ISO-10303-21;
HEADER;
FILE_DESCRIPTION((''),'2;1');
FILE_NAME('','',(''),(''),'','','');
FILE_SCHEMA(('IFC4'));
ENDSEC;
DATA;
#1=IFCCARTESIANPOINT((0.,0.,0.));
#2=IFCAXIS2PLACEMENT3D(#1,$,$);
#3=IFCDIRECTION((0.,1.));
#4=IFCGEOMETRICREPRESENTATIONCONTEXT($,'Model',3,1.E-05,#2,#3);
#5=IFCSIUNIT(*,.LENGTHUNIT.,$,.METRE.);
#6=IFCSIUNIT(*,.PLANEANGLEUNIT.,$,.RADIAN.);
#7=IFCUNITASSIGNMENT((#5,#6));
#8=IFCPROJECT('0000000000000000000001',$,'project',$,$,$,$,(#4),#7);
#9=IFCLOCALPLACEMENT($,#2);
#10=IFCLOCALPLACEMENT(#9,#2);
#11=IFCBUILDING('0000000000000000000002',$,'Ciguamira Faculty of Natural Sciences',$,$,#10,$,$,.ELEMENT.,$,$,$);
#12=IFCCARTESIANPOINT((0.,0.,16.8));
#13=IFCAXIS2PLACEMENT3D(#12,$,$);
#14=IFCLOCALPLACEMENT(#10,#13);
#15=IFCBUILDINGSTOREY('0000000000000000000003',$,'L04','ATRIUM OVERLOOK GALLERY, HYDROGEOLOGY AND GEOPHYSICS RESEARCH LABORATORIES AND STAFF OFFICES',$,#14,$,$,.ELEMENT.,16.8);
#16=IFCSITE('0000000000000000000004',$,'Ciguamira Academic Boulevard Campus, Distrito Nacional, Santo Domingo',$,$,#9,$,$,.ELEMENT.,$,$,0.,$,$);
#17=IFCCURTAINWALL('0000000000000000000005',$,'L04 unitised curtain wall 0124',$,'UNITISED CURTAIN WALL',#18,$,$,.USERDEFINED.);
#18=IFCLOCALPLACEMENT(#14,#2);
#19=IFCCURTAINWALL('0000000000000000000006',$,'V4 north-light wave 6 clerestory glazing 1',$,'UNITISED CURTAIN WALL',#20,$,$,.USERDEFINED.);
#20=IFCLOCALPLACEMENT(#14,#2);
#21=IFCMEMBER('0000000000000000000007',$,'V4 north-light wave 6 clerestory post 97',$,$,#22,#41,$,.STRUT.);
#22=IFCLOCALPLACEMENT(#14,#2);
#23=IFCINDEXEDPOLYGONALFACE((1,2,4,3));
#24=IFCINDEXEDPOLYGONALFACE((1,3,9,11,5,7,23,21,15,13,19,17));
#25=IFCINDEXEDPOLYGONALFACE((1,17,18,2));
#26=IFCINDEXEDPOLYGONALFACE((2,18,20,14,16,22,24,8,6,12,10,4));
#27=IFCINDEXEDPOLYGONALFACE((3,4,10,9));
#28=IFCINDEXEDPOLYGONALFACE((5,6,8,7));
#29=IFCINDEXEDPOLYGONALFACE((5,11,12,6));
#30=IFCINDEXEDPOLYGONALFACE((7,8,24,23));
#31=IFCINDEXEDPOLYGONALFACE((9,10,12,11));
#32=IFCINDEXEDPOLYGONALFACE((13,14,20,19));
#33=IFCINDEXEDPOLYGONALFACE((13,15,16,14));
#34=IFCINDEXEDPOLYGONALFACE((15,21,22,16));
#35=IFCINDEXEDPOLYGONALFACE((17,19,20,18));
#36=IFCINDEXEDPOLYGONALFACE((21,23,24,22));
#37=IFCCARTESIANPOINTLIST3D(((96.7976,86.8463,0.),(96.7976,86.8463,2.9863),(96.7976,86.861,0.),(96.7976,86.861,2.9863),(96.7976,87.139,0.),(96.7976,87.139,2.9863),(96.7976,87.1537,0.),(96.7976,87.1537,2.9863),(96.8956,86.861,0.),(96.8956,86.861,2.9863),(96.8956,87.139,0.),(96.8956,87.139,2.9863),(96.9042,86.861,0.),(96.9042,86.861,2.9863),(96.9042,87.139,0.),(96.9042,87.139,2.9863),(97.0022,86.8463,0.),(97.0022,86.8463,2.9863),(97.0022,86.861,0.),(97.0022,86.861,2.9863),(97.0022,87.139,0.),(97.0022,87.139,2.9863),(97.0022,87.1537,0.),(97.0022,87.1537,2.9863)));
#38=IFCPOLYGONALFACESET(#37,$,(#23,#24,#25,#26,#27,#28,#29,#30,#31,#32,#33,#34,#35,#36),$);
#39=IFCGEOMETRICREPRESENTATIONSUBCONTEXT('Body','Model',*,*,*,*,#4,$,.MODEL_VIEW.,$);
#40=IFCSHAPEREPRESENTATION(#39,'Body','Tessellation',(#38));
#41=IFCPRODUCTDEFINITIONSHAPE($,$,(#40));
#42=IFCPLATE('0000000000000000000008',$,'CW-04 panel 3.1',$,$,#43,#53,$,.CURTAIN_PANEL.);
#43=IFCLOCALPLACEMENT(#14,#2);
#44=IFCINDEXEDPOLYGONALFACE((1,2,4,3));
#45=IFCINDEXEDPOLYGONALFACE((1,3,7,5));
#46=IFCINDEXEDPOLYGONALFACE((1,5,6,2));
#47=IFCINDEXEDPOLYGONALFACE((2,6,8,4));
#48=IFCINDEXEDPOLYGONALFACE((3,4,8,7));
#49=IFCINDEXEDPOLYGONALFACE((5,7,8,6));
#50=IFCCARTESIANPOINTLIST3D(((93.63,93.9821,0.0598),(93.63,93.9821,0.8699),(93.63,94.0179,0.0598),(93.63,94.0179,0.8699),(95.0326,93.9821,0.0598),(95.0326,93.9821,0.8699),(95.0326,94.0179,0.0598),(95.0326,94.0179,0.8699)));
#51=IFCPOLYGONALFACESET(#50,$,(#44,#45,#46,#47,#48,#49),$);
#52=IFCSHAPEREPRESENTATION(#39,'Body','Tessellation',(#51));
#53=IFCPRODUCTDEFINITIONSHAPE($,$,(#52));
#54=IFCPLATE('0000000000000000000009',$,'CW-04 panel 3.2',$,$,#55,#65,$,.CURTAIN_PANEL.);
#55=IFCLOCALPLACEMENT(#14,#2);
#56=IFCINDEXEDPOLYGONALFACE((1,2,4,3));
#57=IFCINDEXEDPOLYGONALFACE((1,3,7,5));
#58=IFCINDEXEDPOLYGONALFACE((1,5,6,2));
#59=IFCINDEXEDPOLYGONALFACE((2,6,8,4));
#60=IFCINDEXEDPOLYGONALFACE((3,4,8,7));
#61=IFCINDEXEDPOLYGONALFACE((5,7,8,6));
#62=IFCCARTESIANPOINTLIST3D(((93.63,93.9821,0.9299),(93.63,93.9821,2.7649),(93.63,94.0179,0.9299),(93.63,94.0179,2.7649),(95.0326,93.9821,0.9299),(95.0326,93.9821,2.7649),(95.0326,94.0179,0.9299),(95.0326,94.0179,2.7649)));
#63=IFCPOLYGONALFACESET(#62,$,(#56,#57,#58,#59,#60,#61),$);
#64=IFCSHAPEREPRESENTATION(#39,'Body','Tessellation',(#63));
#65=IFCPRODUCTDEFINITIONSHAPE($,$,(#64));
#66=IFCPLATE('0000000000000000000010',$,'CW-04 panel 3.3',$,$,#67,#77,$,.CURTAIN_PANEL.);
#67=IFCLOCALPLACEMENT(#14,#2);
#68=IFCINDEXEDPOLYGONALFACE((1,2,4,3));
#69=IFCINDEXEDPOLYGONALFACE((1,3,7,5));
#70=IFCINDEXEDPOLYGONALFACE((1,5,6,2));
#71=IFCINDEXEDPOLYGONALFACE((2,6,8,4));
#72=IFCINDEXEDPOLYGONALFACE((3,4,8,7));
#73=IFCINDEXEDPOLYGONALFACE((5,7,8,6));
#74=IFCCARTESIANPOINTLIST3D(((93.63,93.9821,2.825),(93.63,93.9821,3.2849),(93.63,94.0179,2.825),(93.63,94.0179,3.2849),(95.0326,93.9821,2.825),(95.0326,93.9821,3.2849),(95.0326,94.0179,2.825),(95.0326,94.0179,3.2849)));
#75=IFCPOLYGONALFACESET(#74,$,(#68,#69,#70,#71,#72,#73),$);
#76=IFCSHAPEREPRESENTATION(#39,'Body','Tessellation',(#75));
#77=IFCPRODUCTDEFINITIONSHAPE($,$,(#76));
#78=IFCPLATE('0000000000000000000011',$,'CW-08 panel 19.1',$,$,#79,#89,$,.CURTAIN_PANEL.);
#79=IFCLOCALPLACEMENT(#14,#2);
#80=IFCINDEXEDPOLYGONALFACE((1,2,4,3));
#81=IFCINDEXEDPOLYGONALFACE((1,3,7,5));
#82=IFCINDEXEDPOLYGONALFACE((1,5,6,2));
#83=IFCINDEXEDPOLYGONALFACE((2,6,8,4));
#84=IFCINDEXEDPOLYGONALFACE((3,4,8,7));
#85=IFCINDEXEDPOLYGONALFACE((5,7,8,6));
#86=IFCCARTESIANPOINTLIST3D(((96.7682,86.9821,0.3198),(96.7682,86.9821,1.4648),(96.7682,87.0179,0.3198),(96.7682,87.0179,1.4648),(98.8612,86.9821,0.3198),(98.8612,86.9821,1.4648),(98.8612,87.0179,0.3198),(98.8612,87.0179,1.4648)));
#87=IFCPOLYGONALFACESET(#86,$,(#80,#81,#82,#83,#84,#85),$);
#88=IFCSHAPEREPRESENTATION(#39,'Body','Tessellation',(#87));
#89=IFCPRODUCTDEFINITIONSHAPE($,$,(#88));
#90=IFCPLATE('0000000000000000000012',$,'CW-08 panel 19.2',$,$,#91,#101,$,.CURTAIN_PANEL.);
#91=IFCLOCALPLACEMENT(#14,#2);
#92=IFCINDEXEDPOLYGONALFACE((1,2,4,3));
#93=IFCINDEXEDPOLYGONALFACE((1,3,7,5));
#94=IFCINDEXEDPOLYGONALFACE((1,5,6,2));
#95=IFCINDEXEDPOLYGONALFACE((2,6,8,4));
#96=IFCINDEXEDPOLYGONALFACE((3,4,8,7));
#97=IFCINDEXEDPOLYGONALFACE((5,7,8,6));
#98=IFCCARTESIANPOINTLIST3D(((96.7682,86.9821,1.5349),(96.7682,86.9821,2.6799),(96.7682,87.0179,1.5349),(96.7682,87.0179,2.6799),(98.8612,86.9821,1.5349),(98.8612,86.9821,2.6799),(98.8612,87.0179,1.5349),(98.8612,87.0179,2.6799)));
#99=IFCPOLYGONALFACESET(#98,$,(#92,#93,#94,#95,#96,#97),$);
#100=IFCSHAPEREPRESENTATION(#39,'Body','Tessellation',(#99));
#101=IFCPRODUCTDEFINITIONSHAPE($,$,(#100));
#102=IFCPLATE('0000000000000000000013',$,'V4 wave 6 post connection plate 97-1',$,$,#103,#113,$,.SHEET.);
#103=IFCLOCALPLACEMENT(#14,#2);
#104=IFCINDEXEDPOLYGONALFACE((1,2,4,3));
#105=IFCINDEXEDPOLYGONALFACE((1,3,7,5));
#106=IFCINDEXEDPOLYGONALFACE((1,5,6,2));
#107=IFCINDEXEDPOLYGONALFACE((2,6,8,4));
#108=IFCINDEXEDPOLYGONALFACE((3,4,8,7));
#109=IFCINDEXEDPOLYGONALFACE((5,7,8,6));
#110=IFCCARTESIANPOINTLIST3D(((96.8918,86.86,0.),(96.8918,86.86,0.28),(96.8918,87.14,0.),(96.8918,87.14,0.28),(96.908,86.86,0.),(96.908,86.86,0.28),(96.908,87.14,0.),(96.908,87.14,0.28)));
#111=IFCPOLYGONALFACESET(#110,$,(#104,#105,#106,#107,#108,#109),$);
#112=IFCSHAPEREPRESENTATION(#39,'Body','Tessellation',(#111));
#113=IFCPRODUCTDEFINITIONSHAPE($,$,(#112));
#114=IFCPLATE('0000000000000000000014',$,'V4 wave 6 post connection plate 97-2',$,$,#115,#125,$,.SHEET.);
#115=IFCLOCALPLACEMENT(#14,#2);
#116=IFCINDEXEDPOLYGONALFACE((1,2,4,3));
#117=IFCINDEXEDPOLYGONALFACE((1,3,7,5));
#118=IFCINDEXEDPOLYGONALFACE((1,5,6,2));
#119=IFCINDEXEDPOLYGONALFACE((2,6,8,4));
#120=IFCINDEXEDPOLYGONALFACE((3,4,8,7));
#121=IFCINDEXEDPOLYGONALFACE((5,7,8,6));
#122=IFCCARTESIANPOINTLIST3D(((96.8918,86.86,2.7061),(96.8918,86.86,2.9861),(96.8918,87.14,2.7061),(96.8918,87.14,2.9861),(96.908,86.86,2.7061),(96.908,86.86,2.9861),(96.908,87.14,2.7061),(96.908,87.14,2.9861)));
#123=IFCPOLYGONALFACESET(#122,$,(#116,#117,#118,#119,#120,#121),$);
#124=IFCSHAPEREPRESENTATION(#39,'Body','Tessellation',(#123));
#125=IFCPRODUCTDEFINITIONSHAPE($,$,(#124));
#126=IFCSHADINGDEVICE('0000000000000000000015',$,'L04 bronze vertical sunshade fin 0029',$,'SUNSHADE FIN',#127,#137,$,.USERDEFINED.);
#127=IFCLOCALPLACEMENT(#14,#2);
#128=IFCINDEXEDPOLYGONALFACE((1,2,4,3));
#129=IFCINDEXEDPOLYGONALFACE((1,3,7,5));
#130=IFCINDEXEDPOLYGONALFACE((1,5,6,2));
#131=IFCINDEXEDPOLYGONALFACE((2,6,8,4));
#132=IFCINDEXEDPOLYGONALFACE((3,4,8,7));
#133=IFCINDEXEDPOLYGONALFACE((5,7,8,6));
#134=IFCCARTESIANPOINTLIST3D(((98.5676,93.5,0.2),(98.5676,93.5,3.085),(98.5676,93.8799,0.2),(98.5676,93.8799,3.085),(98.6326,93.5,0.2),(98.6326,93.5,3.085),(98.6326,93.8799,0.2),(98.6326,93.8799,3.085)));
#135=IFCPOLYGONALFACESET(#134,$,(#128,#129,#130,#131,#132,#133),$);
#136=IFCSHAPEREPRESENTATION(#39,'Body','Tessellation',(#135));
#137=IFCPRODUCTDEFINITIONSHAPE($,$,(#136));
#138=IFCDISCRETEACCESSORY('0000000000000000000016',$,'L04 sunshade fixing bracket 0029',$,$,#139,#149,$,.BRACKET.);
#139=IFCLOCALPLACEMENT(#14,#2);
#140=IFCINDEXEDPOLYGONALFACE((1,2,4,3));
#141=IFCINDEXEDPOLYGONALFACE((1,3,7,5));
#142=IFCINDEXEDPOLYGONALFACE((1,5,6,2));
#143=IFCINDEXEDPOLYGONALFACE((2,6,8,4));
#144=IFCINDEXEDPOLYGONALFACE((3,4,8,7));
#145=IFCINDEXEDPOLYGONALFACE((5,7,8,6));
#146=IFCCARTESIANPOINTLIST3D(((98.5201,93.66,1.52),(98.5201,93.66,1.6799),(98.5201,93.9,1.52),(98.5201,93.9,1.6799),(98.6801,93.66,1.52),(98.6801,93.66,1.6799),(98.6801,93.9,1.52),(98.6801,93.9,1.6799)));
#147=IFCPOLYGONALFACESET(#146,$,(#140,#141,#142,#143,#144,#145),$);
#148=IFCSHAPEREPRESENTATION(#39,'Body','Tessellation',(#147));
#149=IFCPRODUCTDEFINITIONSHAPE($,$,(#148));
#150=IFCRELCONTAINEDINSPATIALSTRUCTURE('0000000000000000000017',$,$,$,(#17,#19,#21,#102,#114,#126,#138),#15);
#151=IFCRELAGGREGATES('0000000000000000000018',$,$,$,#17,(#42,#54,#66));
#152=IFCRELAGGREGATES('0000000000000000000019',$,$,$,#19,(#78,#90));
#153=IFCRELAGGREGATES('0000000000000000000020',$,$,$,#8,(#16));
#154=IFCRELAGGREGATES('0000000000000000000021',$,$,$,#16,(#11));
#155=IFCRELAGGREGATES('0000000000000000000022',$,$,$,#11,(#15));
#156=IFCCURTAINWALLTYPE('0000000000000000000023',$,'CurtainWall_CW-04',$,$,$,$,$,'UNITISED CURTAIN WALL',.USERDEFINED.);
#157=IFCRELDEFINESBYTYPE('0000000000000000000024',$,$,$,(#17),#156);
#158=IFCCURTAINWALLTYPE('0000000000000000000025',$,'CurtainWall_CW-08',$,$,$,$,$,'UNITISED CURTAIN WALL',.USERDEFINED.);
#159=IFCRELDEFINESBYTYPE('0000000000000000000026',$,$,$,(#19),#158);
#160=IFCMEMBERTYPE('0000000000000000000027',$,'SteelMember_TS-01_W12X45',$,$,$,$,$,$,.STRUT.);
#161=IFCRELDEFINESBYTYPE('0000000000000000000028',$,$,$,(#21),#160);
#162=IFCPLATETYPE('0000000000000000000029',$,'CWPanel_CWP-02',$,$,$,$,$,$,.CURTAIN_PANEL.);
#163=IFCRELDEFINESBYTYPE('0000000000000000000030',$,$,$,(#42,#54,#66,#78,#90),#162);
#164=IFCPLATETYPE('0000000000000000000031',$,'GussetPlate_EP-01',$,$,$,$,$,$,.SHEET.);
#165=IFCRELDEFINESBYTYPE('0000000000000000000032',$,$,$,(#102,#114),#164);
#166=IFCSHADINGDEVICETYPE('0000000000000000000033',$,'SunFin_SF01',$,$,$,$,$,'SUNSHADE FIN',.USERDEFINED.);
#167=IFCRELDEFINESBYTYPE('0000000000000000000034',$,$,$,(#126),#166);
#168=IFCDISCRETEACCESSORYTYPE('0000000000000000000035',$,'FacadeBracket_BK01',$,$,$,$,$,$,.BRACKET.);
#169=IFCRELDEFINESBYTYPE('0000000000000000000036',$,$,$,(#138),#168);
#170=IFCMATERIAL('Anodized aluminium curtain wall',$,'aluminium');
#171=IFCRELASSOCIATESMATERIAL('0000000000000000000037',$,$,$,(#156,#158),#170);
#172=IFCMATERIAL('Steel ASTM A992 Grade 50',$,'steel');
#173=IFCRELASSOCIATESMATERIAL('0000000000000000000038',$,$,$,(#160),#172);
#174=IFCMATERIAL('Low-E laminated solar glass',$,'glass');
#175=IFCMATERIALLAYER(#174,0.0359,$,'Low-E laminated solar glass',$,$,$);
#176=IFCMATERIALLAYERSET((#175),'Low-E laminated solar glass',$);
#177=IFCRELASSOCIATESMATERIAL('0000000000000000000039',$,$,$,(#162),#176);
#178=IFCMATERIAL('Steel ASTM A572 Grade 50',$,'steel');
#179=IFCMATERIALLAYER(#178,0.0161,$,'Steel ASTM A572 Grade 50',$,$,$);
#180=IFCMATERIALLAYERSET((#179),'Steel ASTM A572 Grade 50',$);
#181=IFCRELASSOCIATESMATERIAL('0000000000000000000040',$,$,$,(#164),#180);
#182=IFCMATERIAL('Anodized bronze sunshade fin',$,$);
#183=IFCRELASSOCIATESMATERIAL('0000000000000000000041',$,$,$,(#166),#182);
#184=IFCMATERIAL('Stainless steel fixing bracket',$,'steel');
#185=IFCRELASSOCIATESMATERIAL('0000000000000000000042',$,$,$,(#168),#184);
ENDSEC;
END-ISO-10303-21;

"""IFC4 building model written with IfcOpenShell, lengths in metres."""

from ifc_helpers import new_model, si_unit, direction, frame, origin, origin_2d, place, context, subcontext, project, spatial, rectangle, i_section, extrude, material, layer, layer_set, material_profile, profile_set, type_object, element, aggregate, save


model = new_model("IFC4")

# Units and contexts
model_context = context("Model", 3, precision=1e-05, world=origin(), true_north=direction((0.0, 1.0)))
body_context = subcontext(model_context, "Body", "Model", "MODEL_VIEW")
ifc_project = project(units=[si_unit("LENGTHUNIT", "METRE"), si_unit("PLANEANGLEUNIT", "RADIAN")], contexts=[model_context])

# Site, building, storey
site_placement = place(None, origin())
site = spatial("IfcSite", under=ifc_project, at=site_placement, Name="Ciguamira Academic Boulevard Campus, Distrito Nacional, Santo Domingo", CompositionType="ELEMENT", RefElevation=0.0)
building_placement = place(site_placement, origin())
building = spatial("IfcBuilding", under=site, at=building_placement, Name="Ciguamira Faculty of Natural Sciences", CompositionType="ELEMENT")
storey_placement = place(building_placement, frame((0.0, 0.0, 16.8)))
storey = spatial("IfcBuildingStorey", under=building, at=storey_placement, Name="L04", Description="ATRIUM OVERLOOK GALLERY, HYDROGEOLOGY AND GEOPHYSICS RESEARCH LABORATORIES AND STAFF OFFICES", CompositionType="ELEMENT", Elevation=16.8)

# Curtain walls
ifc_material_1 = material(Name="Anodized aluminium curtain wall", Category="aluminium")
curtain_wall_type_1 = type_object("IfcCurtainWallType", Name="CurtainWall_CW-04", ElementType="UNITISED CURTAIN WALL", PredefinedType="USERDEFINED", material=ifc_material_1)
curtain_wall_1_placement = place(storey_placement, origin())
curtain_wall_1 = element("IfcCurtainWall", 1, at=curtain_wall_1_placement, inside=storey, type_object=curtain_wall_type_1, Name="L04 unitised curtain wall 0124", ObjectType="UNITISED CURTAIN WALL", PredefinedType="USERDEFINED")
curtain_wall_type_2 = type_object("IfcCurtainWallType", Name="CurtainWall_CW-08", ElementType="UNITISED CURTAIN WALL", PredefinedType="USERDEFINED", material=ifc_material_1)
curtain_wall_2_placement = place(storey_placement, origin())
curtain_wall_2 = element("IfcCurtainWall", 2, at=curtain_wall_2_placement, inside=storey, type_object=curtain_wall_type_2, Name="V4 north-light wave 6 clerestory glazing 1", ObjectType="UNITISED CURTAIN WALL", PredefinedType="USERDEFINED")

# Member
ifc_material_2 = material(Name="Steel ASTM A992 Grade 50", Category="steel")
ifc_material_profile_1 = material_profile(ifc_material_2, i_section(OverallWidth=0.2046, OverallDepth=0.3074, WebThickness=0.0085, FlangeThickness=0.0146, at=origin_2d()), Name="W12X45")
ifc_profile_set_1 = profile_set([ifc_material_profile_1], Name="Steel ASTM A992 Grade 50")
member_type_1 = type_object("IfcMemberType", Name="SteelMember_TS-01_W12X45", PredefinedType="STRUT", material=ifc_profile_set_1)
member_1_placement = place(storey_placement, frame((96.8999, 87.0, 0.0), z_axis=(0.0, 0.0, 1.0), x_axis=(1.0, 0.0, 0.0)))
element("IfcMember", 3, at=member_1_placement, inside=storey, type_object=member_type_1, Name="V4 north-light wave 6 clerestory post 97", PredefinedType="STRUT", context=body_context, shape_type="SweptSolid", body=[
    extrude(i_section(OverallWidth=0.2046, OverallDepth=0.3074, WebThickness=0.0085, FlangeThickness=0.0146, at=origin_2d()), origin(), (0.0, 0.0, 1.0), 2.9863),
])

# Plates
ifc_material_3 = material(Name="Low-E laminated solar glass", Category="glass")
ifc_layer_1 = layer(ifc_material_3, 0.0359, Name="Low-E laminated solar glass")
ifc_layer_set_1 = layer_set([ifc_layer_1], Name="Low-E laminated solar glass")
plate_type_1 = type_object("IfcPlateType", Name="CWPanel_CWP-02", PredefinedType="CURTAIN_PANEL", material=ifc_layer_set_1)
plate_1_placement = place(storey_placement, frame((94.3313, 94.0, 0.0598), z_axis=(0.0, 0.0, 1.0), x_axis=(1.0, 0.0, 0.0)))
plate_1 = element("IfcPlate", 4, at=plate_1_placement, type_object=plate_type_1, Name="CW-04 panel 3.1", PredefinedType="CURTAIN_PANEL", context=body_context, shape_type="SweptSolid", body=[
    extrude(rectangle(XDim=1.4026, YDim=0.0359, at=origin_2d()), origin(), (0.0, 0.0, 1.0), 0.8101),
])
plate_2_placement = place(storey_placement, frame((94.3313, 94.0, 0.9299), z_axis=(0.0, 0.0, 1.0), x_axis=(1.0, 0.0, 0.0)))
plate_2 = element("IfcPlate", 5, at=plate_2_placement, type_object=plate_type_1, Name="CW-04 panel 3.2", PredefinedType="CURTAIN_PANEL", context=body_context, shape_type="SweptSolid", body=[
    extrude(rectangle(XDim=1.4026, YDim=0.0359, at=origin_2d()), origin(), (0.0, 0.0, 1.0), 1.835),
])
plate_3_placement = place(storey_placement, frame((94.3313, 94.0, 2.825), z_axis=(0.0, 0.0, 1.0), x_axis=(1.0, 0.0, 0.0)))
plate_3 = element("IfcPlate", 6, at=plate_3_placement, type_object=plate_type_1, Name="CW-04 panel 3.3", PredefinedType="CURTAIN_PANEL", context=body_context, shape_type="SweptSolid", body=[
    extrude(rectangle(XDim=1.4026, YDim=0.0359, at=origin_2d()), origin(), (0.0, 0.0, 1.0), 0.46),
])
aggregate(curtain_wall_1, [plate_1, plate_2, plate_3])
plate_4_placement = place(storey_placement, frame((97.8147, 87.0, 0.3198), z_axis=(0.0, 0.0, 1.0), x_axis=(1.0, 0.0, 0.0)))
plate_4 = element("IfcPlate", 7, at=plate_4_placement, type_object=plate_type_1, Name="CW-08 panel 19.1", PredefinedType="CURTAIN_PANEL", context=body_context, shape_type="SweptSolid", body=[
    extrude(rectangle(XDim=2.093, YDim=0.0359, at=origin_2d()), origin(), (0.0, 0.0, 1.0), 1.145),
])
plate_5_placement = place(storey_placement, frame((97.8147, 87.0, 1.5349), z_axis=(0.0, 0.0, 1.0), x_axis=(1.0, 0.0, 0.0)))
plate_5 = element("IfcPlate", 8, at=plate_5_placement, type_object=plate_type_1, Name="CW-08 panel 19.2", PredefinedType="CURTAIN_PANEL", context=body_context, shape_type="SweptSolid", body=[
    extrude(rectangle(XDim=2.093, YDim=0.0359, at=origin_2d()), origin(), (0.0, 0.0, 1.0), 1.145),
])
aggregate(curtain_wall_2, [plate_4, plate_5])

# Plates
ifc_material_4 = material(Name="Steel ASTM A572 Grade 50", Category="steel")
ifc_layer_2 = layer(ifc_material_4, 0.0161, Name="Steel ASTM A572 Grade 50")
ifc_layer_set_2 = layer_set([ifc_layer_2], Name="Steel ASTM A572 Grade 50")
plate_type_2 = type_object("IfcPlateType", Name="GussetPlate_EP-01", PredefinedType="SHEET", material=ifc_layer_set_2)
for number, where, z_axis, x_axis, name in (
    (9, (96.8999, 87.0, 0.0), (0.0, 0.0, 1.0), (1.0, 0.0, 0.0), "V4 wave 6 post connection plate 97-1"),
    (10, (96.8999, 87.0, 2.7061), (0.0, 0.0, 1.0), (1.0, 0.0, 0.0), "V4 wave 6 post connection plate 97-2"),
):
    element("IfcPlate", number, at=place(storey_placement, frame(where, z_axis=z_axis, x_axis=x_axis)), inside=storey, type_object=plate_type_2, Name=name, PredefinedType="SHEET", context=body_context, shape_type="SweptSolid", body=[
        extrude(rectangle(XDim=0.0161, YDim=0.28, at=origin_2d()), origin(), (0.0, 0.0, 1.0), 0.28),
    ])

# Shading device
ifc_material_5 = material(Name="Anodized bronze sunshade fin")
ifc_material_profile_2 = material_profile(ifc_material_5, rectangle(XDim=0.0649, YDim=0.3799, at=origin_2d()), Name="BRZ-FIN-65X380")
ifc_profile_set_2 = profile_set([ifc_material_profile_2], Name="Anodized bronze sunshade fin")
shading_device_type = type_object("IfcShadingDeviceType", Name="SunFin_SF01", ElementType="SUNSHADE FIN", PredefinedType="USERDEFINED", material=ifc_profile_set_2)
shading_device_placement = place(storey_placement, frame((98.6001, 93.6899, 0.2), z_axis=(0.0, 0.0, 1.0), x_axis=(1.0, 0.0, 0.0)))
element("IfcShadingDevice", 11, at=shading_device_placement, inside=storey, type_object=shading_device_type, Name="L04 bronze vertical sunshade fin 0029", ObjectType="SUNSHADE FIN", PredefinedType="USERDEFINED", context=body_context, shape_type="SweptSolid", body=[
    extrude(rectangle(XDim=0.0649, YDim=0.3799, at=origin_2d()), origin(), (0.0, 0.0, 1.0), 2.885),
])

# Discrete accessory
ifc_material_6 = material(Name="Stainless steel fixing bracket", Category="steel")
discrete_accessory_type = type_object("IfcDiscreteAccessoryType", Name="FacadeBracket_BK01", PredefinedType="BRACKET", material=ifc_material_6)
discrete_accessory_placement = place(storey_placement, frame((98.6001, 93.78, 1.52), z_axis=(0.0, 0.0, 1.0), x_axis=(1.0, 0.0, 0.0)))
element("IfcDiscreteAccessory", 12, at=discrete_accessory_placement, inside=storey, type_object=discrete_accessory_type, Name="L04 sunshade fixing bracket 0029", PredefinedType="BRACKET", context=body_context, shape_type="SweptSolid", body=[
    extrude(rectangle(XDim=0.1599, YDim=0.24, at=origin_2d()), origin(), (0.0, 0.0, 1.0), 0.1599),
])

save(model, "model.ifc")
